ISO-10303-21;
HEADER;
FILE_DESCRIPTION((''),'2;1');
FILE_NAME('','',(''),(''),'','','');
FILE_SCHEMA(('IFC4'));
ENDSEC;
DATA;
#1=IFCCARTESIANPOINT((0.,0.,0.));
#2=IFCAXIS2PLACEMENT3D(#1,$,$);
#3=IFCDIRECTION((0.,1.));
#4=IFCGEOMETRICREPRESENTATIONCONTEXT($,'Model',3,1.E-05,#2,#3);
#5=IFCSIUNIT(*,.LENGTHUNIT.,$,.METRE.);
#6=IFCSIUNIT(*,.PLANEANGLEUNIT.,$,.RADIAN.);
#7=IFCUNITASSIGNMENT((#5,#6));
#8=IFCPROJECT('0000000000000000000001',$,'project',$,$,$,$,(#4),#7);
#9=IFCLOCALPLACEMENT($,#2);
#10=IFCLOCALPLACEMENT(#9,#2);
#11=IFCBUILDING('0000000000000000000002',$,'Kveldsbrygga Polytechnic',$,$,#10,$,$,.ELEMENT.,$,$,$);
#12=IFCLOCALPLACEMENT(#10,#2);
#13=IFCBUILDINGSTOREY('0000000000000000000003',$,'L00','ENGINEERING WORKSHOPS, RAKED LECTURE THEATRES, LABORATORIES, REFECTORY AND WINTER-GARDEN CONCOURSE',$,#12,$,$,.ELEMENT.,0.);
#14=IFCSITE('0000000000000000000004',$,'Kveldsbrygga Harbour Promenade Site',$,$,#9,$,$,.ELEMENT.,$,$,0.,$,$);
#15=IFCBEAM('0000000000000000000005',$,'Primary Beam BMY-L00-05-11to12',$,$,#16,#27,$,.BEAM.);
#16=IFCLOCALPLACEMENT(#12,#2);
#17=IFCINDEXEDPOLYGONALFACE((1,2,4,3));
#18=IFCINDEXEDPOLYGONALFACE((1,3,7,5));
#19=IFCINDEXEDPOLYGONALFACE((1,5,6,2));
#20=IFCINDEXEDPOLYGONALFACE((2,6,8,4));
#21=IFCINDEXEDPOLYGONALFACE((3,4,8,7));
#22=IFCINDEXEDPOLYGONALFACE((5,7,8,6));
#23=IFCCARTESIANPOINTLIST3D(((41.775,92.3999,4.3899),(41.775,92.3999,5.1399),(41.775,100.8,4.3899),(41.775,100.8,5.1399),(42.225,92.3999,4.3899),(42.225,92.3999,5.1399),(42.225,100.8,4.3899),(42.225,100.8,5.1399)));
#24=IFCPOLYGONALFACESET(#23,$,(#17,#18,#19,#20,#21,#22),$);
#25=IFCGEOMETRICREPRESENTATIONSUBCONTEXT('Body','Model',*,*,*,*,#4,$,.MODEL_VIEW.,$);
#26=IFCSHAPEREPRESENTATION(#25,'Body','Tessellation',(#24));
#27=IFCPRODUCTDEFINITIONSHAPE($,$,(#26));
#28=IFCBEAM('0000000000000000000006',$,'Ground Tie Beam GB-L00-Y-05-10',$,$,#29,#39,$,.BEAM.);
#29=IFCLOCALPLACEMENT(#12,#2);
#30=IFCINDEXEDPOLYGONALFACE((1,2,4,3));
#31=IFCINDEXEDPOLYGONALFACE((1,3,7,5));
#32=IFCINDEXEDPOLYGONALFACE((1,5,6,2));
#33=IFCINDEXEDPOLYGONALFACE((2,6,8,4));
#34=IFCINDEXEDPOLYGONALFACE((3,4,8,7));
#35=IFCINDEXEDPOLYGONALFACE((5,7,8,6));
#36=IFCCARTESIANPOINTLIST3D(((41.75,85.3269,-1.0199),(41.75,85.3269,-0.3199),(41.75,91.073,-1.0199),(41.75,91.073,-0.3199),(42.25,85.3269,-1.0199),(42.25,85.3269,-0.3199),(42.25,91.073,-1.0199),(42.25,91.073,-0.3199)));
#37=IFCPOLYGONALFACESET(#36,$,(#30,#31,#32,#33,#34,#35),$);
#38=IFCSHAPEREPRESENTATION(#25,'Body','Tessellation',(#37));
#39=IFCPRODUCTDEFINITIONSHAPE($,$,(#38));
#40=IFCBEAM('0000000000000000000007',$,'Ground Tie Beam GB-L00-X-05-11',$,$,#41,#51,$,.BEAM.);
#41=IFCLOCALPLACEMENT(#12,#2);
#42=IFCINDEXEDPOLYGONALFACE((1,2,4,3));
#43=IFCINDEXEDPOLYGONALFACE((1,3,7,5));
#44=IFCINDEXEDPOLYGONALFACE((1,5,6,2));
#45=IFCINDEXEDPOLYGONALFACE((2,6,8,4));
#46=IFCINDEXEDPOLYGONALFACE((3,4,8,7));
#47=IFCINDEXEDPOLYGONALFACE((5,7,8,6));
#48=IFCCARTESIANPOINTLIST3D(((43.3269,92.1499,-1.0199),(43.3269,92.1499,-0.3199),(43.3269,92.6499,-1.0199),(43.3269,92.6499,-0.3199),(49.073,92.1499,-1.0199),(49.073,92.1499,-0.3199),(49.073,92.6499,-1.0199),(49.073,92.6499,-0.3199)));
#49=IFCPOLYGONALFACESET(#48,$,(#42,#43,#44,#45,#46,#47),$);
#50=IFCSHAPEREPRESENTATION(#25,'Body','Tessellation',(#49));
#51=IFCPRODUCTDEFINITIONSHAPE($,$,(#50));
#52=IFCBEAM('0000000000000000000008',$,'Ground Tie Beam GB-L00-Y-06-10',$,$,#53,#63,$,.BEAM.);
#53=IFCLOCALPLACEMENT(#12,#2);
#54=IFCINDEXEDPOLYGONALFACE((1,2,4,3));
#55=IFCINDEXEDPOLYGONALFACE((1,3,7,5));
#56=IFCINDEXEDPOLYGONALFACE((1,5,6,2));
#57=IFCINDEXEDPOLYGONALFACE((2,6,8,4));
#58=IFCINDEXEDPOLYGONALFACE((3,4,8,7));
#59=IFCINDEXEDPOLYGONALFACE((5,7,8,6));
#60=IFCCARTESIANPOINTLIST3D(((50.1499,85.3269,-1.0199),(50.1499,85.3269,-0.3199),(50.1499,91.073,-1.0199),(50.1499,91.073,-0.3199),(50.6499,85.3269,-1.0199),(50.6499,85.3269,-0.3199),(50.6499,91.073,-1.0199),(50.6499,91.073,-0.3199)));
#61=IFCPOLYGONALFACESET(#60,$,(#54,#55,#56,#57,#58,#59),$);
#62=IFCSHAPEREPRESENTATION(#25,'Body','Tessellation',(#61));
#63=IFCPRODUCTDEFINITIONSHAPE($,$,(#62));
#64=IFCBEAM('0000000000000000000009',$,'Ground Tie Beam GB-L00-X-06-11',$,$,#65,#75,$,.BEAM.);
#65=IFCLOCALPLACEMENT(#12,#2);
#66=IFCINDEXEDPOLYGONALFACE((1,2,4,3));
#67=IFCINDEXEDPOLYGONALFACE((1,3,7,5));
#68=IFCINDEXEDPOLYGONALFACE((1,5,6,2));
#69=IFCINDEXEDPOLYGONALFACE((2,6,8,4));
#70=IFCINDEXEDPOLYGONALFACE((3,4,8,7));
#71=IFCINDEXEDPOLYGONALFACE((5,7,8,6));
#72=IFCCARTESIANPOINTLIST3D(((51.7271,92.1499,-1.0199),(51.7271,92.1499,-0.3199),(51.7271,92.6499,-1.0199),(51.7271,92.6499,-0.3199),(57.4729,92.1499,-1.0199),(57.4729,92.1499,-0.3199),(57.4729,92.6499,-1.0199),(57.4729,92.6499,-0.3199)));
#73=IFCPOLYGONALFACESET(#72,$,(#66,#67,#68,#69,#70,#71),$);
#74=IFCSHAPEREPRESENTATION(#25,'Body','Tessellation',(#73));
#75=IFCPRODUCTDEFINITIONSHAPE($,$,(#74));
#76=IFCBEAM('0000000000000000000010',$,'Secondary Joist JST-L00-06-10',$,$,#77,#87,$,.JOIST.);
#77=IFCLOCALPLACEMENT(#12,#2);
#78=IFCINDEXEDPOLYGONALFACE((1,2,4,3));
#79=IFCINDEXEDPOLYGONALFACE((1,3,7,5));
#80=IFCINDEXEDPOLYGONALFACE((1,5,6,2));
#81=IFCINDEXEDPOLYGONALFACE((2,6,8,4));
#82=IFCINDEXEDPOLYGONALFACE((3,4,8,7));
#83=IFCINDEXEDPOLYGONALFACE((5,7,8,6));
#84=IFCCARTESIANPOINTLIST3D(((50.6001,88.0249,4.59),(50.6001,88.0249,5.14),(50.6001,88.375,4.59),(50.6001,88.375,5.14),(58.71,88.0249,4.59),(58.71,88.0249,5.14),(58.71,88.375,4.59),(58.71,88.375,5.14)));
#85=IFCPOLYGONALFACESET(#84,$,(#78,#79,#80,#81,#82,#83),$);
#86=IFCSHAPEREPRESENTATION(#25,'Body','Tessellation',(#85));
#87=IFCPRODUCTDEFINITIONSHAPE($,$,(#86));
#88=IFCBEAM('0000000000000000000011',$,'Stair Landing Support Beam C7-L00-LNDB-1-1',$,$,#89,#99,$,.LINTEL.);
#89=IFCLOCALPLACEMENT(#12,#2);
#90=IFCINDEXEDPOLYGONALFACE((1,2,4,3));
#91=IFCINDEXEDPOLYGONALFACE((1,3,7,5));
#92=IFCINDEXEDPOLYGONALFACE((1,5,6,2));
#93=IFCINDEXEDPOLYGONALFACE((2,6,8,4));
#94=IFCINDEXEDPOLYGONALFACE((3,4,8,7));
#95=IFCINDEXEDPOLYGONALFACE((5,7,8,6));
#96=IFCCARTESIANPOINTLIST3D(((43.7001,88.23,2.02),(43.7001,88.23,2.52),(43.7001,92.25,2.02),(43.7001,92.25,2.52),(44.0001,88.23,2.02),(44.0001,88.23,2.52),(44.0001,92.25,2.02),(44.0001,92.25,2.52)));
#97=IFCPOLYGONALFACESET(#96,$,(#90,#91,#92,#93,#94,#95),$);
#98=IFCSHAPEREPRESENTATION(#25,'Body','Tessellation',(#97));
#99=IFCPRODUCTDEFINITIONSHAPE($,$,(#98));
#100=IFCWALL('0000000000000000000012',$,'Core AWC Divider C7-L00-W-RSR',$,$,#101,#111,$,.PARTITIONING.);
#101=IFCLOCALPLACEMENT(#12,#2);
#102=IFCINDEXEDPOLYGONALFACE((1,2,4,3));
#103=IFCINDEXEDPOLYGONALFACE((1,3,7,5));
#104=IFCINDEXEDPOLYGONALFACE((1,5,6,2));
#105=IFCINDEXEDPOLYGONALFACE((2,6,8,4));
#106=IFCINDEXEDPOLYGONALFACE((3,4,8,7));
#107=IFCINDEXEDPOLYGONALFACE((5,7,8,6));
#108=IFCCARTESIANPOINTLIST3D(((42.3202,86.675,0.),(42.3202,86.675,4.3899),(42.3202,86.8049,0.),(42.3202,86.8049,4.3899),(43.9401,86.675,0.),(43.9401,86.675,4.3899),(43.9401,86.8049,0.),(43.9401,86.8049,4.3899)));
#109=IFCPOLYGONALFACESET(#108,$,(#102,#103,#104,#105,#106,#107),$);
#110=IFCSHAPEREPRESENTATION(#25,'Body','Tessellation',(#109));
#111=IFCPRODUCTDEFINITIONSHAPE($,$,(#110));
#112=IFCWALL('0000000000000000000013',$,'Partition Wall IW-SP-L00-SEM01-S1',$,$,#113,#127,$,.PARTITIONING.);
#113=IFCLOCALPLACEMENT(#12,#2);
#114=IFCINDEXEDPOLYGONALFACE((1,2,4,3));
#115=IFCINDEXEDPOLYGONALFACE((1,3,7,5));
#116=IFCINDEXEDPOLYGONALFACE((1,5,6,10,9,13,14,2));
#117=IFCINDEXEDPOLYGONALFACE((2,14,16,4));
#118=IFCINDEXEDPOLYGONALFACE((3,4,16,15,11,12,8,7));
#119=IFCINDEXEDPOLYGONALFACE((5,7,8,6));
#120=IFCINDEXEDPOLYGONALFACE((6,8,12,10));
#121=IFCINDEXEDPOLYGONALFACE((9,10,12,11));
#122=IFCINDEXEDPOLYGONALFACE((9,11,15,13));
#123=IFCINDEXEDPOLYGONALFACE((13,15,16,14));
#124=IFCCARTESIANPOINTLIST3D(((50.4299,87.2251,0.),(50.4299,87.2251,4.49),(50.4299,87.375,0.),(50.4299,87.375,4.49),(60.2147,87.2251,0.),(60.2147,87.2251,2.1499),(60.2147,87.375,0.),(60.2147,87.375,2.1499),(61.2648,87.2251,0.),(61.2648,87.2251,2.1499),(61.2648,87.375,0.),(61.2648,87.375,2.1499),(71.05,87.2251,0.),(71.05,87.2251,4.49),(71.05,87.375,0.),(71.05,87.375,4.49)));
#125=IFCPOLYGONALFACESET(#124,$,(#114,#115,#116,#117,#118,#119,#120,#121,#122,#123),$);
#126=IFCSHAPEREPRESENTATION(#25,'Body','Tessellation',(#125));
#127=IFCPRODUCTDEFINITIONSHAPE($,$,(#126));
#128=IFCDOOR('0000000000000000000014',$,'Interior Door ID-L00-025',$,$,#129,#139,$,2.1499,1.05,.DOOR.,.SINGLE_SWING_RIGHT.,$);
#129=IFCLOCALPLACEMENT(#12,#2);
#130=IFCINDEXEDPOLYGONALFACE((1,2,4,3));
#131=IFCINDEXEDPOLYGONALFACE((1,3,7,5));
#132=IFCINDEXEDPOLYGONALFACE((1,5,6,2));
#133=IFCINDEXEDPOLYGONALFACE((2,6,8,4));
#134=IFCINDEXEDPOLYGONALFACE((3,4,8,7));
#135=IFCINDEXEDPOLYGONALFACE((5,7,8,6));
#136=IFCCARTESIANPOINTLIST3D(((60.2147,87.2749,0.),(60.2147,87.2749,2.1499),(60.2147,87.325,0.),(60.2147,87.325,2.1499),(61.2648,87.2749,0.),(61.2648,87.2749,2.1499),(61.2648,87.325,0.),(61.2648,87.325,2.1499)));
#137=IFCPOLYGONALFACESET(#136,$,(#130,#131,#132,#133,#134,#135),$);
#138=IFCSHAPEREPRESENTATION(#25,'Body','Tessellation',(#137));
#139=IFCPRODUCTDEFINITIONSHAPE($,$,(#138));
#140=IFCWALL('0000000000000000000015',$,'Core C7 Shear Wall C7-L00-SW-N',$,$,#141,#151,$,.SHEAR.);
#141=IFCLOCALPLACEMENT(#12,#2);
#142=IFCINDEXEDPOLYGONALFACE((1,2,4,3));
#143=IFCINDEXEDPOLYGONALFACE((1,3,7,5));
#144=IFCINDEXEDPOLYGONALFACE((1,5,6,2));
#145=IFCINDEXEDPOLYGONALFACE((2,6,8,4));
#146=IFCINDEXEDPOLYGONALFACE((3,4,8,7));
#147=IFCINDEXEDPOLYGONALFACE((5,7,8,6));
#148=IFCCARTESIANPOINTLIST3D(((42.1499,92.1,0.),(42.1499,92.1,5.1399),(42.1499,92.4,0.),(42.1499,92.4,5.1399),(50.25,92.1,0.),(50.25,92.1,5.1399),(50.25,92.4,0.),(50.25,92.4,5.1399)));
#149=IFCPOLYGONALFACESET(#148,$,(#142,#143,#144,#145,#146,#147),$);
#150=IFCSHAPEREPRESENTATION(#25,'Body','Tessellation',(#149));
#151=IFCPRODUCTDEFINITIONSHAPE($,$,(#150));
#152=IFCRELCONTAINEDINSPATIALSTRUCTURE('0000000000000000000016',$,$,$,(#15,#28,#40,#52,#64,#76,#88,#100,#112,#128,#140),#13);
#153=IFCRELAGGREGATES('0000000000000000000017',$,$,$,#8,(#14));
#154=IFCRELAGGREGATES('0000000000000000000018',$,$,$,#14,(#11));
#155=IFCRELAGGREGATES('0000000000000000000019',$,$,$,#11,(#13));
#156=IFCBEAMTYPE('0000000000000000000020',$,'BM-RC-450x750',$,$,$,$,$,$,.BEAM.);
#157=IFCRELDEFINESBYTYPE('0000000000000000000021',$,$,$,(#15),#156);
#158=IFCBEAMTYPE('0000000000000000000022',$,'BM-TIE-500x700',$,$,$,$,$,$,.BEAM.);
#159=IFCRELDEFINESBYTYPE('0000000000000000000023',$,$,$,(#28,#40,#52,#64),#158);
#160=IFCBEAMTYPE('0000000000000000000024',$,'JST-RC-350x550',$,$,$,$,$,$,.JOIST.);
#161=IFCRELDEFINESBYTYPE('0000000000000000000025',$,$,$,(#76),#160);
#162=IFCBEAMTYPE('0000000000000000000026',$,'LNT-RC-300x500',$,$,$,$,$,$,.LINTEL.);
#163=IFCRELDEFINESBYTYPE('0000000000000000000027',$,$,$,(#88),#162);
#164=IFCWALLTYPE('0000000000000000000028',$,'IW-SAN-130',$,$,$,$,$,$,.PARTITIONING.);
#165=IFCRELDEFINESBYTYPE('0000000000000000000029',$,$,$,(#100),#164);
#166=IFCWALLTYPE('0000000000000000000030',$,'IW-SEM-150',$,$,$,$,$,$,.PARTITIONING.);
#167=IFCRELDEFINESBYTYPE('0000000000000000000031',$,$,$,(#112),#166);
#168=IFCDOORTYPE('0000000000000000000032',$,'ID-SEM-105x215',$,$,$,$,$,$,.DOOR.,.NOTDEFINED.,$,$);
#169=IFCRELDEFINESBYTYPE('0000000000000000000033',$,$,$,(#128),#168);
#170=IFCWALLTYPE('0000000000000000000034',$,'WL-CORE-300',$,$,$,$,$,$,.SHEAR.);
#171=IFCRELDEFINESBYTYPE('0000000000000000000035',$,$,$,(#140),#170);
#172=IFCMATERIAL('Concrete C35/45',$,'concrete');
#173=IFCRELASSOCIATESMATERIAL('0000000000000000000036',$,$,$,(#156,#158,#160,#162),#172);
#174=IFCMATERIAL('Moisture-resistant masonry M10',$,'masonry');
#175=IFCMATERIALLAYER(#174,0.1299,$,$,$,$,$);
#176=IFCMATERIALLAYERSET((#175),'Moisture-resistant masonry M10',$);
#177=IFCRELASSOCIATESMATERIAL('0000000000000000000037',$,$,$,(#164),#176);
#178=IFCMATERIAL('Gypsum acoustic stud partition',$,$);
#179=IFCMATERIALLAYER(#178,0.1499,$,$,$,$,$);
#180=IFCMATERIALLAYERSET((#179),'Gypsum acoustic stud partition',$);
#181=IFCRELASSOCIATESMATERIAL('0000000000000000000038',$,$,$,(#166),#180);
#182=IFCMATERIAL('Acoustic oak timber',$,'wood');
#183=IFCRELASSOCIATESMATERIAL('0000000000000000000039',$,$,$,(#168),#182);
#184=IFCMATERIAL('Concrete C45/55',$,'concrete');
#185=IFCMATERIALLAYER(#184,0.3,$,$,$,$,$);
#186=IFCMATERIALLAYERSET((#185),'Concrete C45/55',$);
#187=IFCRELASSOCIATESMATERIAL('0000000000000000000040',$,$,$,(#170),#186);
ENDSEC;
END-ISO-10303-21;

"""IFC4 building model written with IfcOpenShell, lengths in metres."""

from ifc_helpers import new_model, si_unit, direction, frame, frame_2d, origin, origin_2d, place, context, subcontext, project, spatial, rectangle, extrude, material, layer, layer_set, material_profile, profile_set, type_object, element, fill, save


model = new_model("IFC4")

# Units and contexts
model_context = context("Model", 3, precision=1e-05, world=origin(), true_north=direction((0.0, 1.0)))
body_context = subcontext(model_context, "Body", "Model", "MODEL_VIEW")
ifc_project = project(units=[si_unit("LENGTHUNIT", "METRE"), si_unit("PLANEANGLEUNIT", "RADIAN")], contexts=[model_context])

# Site, building, storey
site_placement = place(None, origin())
site = spatial("IfcSite", under=ifc_project, at=site_placement, Name="Kveldsbrygga Harbour Promenade Site", CompositionType="ELEMENT", RefElevation=0.0)
building_placement = place(site_placement, origin())
building = spatial("IfcBuilding", under=site, at=building_placement, Name="Kveldsbrygga Polytechnic", CompositionType="ELEMENT")
storey_placement = place(building_placement, origin())
storey = spatial("IfcBuildingStorey", under=building, at=storey_placement, Name="L00", Description="ENGINEERING WORKSHOPS, RAKED LECTURE THEATRES, LABORATORIES, REFECTORY AND WINTER-GARDEN CONCOURSE", CompositionType="ELEMENT", Elevation=0.0)

# Shared definitions
ifc_material_1 = material(Name="Concrete C45/55", Category="concrete")

# Beams
ifc_material_2 = material(Name="Concrete C35/45", Category="concrete")
ifc_material_profile_1 = material_profile(ifc_material_2, rectangle(XDim=0.45, YDim=0.75, at=origin_2d()), Name="RC 450x750")
ifc_profile_set_1 = profile_set([ifc_material_profile_1], Name="Concrete C35/45")
beam_type_1 = type_object("IfcBeamType", Name="BM-RC-450x750", PredefinedType="BEAM", material=ifc_profile_set_1)
beam_1_placement = place(storey_placement, frame((42.0, 92.3999, 4.7649), z_axis=(0.0, 1.0, 0.0), x_axis=(-1.0, 0.0, 0.0)))
element("IfcBeam", 1, at=beam_1_placement, inside=storey, type_object=beam_type_1, Name="Primary Beam BMY-L00-05-11to12", PredefinedType="BEAM", context=body_context, shape_type="SweptSolid", body=[
    extrude(rectangle(XDim=0.45, YDim=0.75, at=origin_2d()), origin(), (0.0, 0.0, 1.0), 8.4001),
])
ifc_material_profile_2 = material_profile(ifc_material_2, rectangle(XDim=0.5, YDim=0.7, at=origin_2d()), Name="RC 500x700")
ifc_profile_set_2 = profile_set([ifc_material_profile_2], Name="Concrete C35/45")
beam_type_2 = type_object("IfcBeamType", Name="BM-TIE-500x700", PredefinedType="BEAM", material=ifc_profile_set_2)
for number, where, z_axis, x_axis, name in (
    (2, (42.0, 85.3269, -0.6699), (0.0, 1.0, 0.0), (-1.0, 0.0, 0.0), "Ground Tie Beam GB-L00-Y-05-10"),
    (3, (43.3269, 92.3999, -0.6699), (1.0, 0.0, 0.0), (0.0, 1.0, 0.0), "Ground Tie Beam GB-L00-X-05-11"),
    (4, (50.3999, 85.3269, -0.6699), (0.0, 1.0, 0.0), (-1.0, 0.0, 0.0), "Ground Tie Beam GB-L00-Y-06-10"),
):
    element("IfcBeam", number, at=place(storey_placement, frame(where, z_axis=z_axis, x_axis=x_axis)), inside=storey, type_object=beam_type_2, Name=name, PredefinedType="BEAM", context=body_context, shape_type="SweptSolid", body=[
        extrude(rectangle(XDim=0.5, YDim=0.7, at=origin_2d()), origin(), (0.0, 0.0, 1.0), 5.7461),
    ])
beam_2_placement = place(storey_placement, frame((51.7271, 92.3999, -0.6699), z_axis=(1.0, 0.0, 0.0), x_axis=(0.0, 1.0, 0.0)))
element("IfcBeam", 5, at=beam_2_placement, inside=storey, type_object=beam_type_2, Name="Ground Tie Beam GB-L00-X-06-11", PredefinedType="BEAM", context=body_context, shape_type="SweptSolid", body=[
    extrude(rectangle(XDim=0.5, YDim=0.7, at=origin_2d()), origin(), (0.0, 0.0, 1.0), 5.7458),
])
ifc_material_profile_3 = material_profile(ifc_material_2, rectangle(XDim=0.3501, YDim=0.55, at=origin_2d()), Name="RC 350x550")
ifc_profile_set_3 = profile_set([ifc_material_profile_3], Name="Concrete C35/45")
beam_type_3 = type_object("IfcBeamType", Name="JST-RC-350x550", PredefinedType="JOIST", material=ifc_profile_set_3)
beam_3_placement = place(storey_placement, frame((50.6001, 88.2, 4.865), z_axis=(1.0, 0.0, 0.0), x_axis=(0.0, 1.0, 0.0)))
element("IfcBeam", 6, at=beam_3_placement, inside=storey, type_object=beam_type_3, Name="Secondary Joist JST-L00-06-10", PredefinedType="JOIST", context=body_context, shape_type="SweptSolid", body=[
    extrude(rectangle(XDim=0.3501, YDim=0.55, at=origin_2d()), origin(), (0.0, 0.0, 1.0), 8.1099),
])
ifc_material_profile_4 = material_profile(ifc_material_2, rectangle(XDim=0.3, YDim=0.5, at=origin_2d()), Name="RC 300x500")
ifc_profile_set_4 = profile_set([ifc_material_profile_4], Name="Concrete C35/45")
beam_type_4 = type_object("IfcBeamType", Name="LNT-RC-300x500", PredefinedType="LINTEL", material=ifc_profile_set_4)
beam_4_placement = place(storey_placement, frame((43.8501, 88.23, 2.27), z_axis=(0.0, 1.0, 0.0), x_axis=(-1.0, 0.0, 0.0)))
element("IfcBeam", 7, at=beam_4_placement, inside=storey, type_object=beam_type_4, Name="Stair Landing Support Beam C7-L00-LNDB-1-1", PredefinedType="LINTEL", context=body_context, shape_type="SweptSolid", body=[
    extrude(rectangle(XDim=0.3, YDim=0.5, at=origin_2d()), origin(), (0.0, 0.0, 1.0), 4.02),
])

# Wall
ifc_material_3 = material(Name="Moisture-resistant masonry M10", Category="masonry")
ifc_layer_1 = layer(ifc_material_3, 0.1299)
ifc_layer_set_1 = layer_set([ifc_layer_1], Name="Moisture-resistant masonry M10")
wall_type_1 = type_object("IfcWallType", Name="IW-SAN-130", PredefinedType="PARTITIONING", material=ifc_layer_set_1)
wall_1_placement = place(storey_placement, frame((42.3201, 86.74, 0.0), z_axis=(0.0, 0.0, 1.0), x_axis=(1.0, 0.0, 0.0)))
element("IfcWall", 8, at=wall_1_placement, inside=storey, type_object=wall_type_1, Name="Core AWC Divider C7-L00-W-RSR", PredefinedType="PARTITIONING", context=body_context, shape_type="SweptSolid", body=[
    extrude(rectangle(XDim=1.6199, YDim=0.1299, at=frame_2d((0.8101, 0.0))), origin(), (0.0, 0.0, 1.0), 4.3899),
])

# Wall, opening, door
ifc_material_4 = material(Name="Gypsum acoustic stud partition")
ifc_layer_2 = layer(ifc_material_4, 0.1499)
ifc_layer_set_2 = layer_set([ifc_layer_2], Name="Gypsum acoustic stud partition")
wall_type_2 = type_object("IfcWallType", Name="IW-SEM-150", PredefinedType="PARTITIONING", material=ifc_layer_set_2)
wall_2_placement = place(storey_placement, frame((50.4299, 87.3, 0.0), z_axis=(0.0, 0.0, 1.0), x_axis=(1.0, 0.0, 0.0)))
wall_2 = element("IfcWall", 9, at=wall_2_placement, inside=storey, type_object=wall_type_2, Name="Partition Wall IW-SP-L00-SEM01-S1", PredefinedType="PARTITIONING", context=body_context, shape_type="SweptSolid", body=[
    extrude(rectangle(XDim=20.6201, YDim=0.1499, at=frame_2d((10.3101, 0.0))), origin(), (0.0, 0.0, 1.0), 4.49),
])
opening_1_placement = place(wall_2_placement, frame((9.7849, 0.0, 0.0)))
opening_1 = element("IfcOpeningElement", 10, at=opening_1_placement, cuts=wall_2, PredefinedType="OPENING", context=body_context, shape_type="SweptSolid", body=[
    extrude(rectangle(XDim=1.05, YDim=2.1499, at=frame_2d((0.5249, 1.075))), frame((0.0, 0.085, 0.0), z_axis=(0.0, -1.0, 0.0), x_axis=(1.0, 0.0, 0.0)), (0.0, 0.0, 1.0), 0.1699),
])
ifc_material_5 = material(Name="Acoustic oak timber", Category="wood")
door_type_1 = type_object("IfcDoorType", Name="ID-SEM-105x215", OperationType="NOTDEFINED", PredefinedType="DOOR", material=ifc_material_5)
door_1_placement = place(opening_1_placement, origin())
door_1 = element("IfcDoor", 11, at=door_1_placement, inside=storey, type_object=door_type_1, Name="Interior Door ID-L00-025", OperationType="SINGLE_SWING_RIGHT", OverallHeight=2.1499, OverallWidth=1.05, PredefinedType="DOOR", context=body_context, shape_type="SweptSolid", body=[
    extrude(rectangle(XDim=1.05, YDim=2.1499, at=frame_2d((0.5249, 1.075))), frame((0.0, 0.0249, 0.0), z_axis=(0.0, -1.0, 0.0), x_axis=(1.0, 0.0, 0.0)), (0.0, 0.0, 1.0), 0.05),
])
fill(opening_1, door_1)

# Wall
ifc_layer_3 = layer(ifc_material_1, 0.3)
ifc_layer_set_3 = layer_set([ifc_layer_3], Name="Concrete C45/55")
wall_type_3 = type_object("IfcWallType", Name="WL-CORE-300", PredefinedType="SHEAR", material=ifc_layer_set_3)
wall_3_placement = place(storey_placement, frame((42.1499, 92.25, 0.0), z_axis=(0.0, 0.0, 1.0), x_axis=(1.0, 0.0, 0.0)))
element("IfcWall", 12, at=wall_3_placement, inside=storey, type_object=wall_type_3, Name="Core C7 Shear Wall C7-L00-SW-N", PredefinedType="SHEAR", context=body_context, shape_type="SweptSolid", body=[
    extrude(rectangle(XDim=8.1001, YDim=0.3, at=frame_2d((4.05, 0.0))), origin(), (0.0, 0.0, 1.0), 5.1399),
])

save(model, "model.ifc")
